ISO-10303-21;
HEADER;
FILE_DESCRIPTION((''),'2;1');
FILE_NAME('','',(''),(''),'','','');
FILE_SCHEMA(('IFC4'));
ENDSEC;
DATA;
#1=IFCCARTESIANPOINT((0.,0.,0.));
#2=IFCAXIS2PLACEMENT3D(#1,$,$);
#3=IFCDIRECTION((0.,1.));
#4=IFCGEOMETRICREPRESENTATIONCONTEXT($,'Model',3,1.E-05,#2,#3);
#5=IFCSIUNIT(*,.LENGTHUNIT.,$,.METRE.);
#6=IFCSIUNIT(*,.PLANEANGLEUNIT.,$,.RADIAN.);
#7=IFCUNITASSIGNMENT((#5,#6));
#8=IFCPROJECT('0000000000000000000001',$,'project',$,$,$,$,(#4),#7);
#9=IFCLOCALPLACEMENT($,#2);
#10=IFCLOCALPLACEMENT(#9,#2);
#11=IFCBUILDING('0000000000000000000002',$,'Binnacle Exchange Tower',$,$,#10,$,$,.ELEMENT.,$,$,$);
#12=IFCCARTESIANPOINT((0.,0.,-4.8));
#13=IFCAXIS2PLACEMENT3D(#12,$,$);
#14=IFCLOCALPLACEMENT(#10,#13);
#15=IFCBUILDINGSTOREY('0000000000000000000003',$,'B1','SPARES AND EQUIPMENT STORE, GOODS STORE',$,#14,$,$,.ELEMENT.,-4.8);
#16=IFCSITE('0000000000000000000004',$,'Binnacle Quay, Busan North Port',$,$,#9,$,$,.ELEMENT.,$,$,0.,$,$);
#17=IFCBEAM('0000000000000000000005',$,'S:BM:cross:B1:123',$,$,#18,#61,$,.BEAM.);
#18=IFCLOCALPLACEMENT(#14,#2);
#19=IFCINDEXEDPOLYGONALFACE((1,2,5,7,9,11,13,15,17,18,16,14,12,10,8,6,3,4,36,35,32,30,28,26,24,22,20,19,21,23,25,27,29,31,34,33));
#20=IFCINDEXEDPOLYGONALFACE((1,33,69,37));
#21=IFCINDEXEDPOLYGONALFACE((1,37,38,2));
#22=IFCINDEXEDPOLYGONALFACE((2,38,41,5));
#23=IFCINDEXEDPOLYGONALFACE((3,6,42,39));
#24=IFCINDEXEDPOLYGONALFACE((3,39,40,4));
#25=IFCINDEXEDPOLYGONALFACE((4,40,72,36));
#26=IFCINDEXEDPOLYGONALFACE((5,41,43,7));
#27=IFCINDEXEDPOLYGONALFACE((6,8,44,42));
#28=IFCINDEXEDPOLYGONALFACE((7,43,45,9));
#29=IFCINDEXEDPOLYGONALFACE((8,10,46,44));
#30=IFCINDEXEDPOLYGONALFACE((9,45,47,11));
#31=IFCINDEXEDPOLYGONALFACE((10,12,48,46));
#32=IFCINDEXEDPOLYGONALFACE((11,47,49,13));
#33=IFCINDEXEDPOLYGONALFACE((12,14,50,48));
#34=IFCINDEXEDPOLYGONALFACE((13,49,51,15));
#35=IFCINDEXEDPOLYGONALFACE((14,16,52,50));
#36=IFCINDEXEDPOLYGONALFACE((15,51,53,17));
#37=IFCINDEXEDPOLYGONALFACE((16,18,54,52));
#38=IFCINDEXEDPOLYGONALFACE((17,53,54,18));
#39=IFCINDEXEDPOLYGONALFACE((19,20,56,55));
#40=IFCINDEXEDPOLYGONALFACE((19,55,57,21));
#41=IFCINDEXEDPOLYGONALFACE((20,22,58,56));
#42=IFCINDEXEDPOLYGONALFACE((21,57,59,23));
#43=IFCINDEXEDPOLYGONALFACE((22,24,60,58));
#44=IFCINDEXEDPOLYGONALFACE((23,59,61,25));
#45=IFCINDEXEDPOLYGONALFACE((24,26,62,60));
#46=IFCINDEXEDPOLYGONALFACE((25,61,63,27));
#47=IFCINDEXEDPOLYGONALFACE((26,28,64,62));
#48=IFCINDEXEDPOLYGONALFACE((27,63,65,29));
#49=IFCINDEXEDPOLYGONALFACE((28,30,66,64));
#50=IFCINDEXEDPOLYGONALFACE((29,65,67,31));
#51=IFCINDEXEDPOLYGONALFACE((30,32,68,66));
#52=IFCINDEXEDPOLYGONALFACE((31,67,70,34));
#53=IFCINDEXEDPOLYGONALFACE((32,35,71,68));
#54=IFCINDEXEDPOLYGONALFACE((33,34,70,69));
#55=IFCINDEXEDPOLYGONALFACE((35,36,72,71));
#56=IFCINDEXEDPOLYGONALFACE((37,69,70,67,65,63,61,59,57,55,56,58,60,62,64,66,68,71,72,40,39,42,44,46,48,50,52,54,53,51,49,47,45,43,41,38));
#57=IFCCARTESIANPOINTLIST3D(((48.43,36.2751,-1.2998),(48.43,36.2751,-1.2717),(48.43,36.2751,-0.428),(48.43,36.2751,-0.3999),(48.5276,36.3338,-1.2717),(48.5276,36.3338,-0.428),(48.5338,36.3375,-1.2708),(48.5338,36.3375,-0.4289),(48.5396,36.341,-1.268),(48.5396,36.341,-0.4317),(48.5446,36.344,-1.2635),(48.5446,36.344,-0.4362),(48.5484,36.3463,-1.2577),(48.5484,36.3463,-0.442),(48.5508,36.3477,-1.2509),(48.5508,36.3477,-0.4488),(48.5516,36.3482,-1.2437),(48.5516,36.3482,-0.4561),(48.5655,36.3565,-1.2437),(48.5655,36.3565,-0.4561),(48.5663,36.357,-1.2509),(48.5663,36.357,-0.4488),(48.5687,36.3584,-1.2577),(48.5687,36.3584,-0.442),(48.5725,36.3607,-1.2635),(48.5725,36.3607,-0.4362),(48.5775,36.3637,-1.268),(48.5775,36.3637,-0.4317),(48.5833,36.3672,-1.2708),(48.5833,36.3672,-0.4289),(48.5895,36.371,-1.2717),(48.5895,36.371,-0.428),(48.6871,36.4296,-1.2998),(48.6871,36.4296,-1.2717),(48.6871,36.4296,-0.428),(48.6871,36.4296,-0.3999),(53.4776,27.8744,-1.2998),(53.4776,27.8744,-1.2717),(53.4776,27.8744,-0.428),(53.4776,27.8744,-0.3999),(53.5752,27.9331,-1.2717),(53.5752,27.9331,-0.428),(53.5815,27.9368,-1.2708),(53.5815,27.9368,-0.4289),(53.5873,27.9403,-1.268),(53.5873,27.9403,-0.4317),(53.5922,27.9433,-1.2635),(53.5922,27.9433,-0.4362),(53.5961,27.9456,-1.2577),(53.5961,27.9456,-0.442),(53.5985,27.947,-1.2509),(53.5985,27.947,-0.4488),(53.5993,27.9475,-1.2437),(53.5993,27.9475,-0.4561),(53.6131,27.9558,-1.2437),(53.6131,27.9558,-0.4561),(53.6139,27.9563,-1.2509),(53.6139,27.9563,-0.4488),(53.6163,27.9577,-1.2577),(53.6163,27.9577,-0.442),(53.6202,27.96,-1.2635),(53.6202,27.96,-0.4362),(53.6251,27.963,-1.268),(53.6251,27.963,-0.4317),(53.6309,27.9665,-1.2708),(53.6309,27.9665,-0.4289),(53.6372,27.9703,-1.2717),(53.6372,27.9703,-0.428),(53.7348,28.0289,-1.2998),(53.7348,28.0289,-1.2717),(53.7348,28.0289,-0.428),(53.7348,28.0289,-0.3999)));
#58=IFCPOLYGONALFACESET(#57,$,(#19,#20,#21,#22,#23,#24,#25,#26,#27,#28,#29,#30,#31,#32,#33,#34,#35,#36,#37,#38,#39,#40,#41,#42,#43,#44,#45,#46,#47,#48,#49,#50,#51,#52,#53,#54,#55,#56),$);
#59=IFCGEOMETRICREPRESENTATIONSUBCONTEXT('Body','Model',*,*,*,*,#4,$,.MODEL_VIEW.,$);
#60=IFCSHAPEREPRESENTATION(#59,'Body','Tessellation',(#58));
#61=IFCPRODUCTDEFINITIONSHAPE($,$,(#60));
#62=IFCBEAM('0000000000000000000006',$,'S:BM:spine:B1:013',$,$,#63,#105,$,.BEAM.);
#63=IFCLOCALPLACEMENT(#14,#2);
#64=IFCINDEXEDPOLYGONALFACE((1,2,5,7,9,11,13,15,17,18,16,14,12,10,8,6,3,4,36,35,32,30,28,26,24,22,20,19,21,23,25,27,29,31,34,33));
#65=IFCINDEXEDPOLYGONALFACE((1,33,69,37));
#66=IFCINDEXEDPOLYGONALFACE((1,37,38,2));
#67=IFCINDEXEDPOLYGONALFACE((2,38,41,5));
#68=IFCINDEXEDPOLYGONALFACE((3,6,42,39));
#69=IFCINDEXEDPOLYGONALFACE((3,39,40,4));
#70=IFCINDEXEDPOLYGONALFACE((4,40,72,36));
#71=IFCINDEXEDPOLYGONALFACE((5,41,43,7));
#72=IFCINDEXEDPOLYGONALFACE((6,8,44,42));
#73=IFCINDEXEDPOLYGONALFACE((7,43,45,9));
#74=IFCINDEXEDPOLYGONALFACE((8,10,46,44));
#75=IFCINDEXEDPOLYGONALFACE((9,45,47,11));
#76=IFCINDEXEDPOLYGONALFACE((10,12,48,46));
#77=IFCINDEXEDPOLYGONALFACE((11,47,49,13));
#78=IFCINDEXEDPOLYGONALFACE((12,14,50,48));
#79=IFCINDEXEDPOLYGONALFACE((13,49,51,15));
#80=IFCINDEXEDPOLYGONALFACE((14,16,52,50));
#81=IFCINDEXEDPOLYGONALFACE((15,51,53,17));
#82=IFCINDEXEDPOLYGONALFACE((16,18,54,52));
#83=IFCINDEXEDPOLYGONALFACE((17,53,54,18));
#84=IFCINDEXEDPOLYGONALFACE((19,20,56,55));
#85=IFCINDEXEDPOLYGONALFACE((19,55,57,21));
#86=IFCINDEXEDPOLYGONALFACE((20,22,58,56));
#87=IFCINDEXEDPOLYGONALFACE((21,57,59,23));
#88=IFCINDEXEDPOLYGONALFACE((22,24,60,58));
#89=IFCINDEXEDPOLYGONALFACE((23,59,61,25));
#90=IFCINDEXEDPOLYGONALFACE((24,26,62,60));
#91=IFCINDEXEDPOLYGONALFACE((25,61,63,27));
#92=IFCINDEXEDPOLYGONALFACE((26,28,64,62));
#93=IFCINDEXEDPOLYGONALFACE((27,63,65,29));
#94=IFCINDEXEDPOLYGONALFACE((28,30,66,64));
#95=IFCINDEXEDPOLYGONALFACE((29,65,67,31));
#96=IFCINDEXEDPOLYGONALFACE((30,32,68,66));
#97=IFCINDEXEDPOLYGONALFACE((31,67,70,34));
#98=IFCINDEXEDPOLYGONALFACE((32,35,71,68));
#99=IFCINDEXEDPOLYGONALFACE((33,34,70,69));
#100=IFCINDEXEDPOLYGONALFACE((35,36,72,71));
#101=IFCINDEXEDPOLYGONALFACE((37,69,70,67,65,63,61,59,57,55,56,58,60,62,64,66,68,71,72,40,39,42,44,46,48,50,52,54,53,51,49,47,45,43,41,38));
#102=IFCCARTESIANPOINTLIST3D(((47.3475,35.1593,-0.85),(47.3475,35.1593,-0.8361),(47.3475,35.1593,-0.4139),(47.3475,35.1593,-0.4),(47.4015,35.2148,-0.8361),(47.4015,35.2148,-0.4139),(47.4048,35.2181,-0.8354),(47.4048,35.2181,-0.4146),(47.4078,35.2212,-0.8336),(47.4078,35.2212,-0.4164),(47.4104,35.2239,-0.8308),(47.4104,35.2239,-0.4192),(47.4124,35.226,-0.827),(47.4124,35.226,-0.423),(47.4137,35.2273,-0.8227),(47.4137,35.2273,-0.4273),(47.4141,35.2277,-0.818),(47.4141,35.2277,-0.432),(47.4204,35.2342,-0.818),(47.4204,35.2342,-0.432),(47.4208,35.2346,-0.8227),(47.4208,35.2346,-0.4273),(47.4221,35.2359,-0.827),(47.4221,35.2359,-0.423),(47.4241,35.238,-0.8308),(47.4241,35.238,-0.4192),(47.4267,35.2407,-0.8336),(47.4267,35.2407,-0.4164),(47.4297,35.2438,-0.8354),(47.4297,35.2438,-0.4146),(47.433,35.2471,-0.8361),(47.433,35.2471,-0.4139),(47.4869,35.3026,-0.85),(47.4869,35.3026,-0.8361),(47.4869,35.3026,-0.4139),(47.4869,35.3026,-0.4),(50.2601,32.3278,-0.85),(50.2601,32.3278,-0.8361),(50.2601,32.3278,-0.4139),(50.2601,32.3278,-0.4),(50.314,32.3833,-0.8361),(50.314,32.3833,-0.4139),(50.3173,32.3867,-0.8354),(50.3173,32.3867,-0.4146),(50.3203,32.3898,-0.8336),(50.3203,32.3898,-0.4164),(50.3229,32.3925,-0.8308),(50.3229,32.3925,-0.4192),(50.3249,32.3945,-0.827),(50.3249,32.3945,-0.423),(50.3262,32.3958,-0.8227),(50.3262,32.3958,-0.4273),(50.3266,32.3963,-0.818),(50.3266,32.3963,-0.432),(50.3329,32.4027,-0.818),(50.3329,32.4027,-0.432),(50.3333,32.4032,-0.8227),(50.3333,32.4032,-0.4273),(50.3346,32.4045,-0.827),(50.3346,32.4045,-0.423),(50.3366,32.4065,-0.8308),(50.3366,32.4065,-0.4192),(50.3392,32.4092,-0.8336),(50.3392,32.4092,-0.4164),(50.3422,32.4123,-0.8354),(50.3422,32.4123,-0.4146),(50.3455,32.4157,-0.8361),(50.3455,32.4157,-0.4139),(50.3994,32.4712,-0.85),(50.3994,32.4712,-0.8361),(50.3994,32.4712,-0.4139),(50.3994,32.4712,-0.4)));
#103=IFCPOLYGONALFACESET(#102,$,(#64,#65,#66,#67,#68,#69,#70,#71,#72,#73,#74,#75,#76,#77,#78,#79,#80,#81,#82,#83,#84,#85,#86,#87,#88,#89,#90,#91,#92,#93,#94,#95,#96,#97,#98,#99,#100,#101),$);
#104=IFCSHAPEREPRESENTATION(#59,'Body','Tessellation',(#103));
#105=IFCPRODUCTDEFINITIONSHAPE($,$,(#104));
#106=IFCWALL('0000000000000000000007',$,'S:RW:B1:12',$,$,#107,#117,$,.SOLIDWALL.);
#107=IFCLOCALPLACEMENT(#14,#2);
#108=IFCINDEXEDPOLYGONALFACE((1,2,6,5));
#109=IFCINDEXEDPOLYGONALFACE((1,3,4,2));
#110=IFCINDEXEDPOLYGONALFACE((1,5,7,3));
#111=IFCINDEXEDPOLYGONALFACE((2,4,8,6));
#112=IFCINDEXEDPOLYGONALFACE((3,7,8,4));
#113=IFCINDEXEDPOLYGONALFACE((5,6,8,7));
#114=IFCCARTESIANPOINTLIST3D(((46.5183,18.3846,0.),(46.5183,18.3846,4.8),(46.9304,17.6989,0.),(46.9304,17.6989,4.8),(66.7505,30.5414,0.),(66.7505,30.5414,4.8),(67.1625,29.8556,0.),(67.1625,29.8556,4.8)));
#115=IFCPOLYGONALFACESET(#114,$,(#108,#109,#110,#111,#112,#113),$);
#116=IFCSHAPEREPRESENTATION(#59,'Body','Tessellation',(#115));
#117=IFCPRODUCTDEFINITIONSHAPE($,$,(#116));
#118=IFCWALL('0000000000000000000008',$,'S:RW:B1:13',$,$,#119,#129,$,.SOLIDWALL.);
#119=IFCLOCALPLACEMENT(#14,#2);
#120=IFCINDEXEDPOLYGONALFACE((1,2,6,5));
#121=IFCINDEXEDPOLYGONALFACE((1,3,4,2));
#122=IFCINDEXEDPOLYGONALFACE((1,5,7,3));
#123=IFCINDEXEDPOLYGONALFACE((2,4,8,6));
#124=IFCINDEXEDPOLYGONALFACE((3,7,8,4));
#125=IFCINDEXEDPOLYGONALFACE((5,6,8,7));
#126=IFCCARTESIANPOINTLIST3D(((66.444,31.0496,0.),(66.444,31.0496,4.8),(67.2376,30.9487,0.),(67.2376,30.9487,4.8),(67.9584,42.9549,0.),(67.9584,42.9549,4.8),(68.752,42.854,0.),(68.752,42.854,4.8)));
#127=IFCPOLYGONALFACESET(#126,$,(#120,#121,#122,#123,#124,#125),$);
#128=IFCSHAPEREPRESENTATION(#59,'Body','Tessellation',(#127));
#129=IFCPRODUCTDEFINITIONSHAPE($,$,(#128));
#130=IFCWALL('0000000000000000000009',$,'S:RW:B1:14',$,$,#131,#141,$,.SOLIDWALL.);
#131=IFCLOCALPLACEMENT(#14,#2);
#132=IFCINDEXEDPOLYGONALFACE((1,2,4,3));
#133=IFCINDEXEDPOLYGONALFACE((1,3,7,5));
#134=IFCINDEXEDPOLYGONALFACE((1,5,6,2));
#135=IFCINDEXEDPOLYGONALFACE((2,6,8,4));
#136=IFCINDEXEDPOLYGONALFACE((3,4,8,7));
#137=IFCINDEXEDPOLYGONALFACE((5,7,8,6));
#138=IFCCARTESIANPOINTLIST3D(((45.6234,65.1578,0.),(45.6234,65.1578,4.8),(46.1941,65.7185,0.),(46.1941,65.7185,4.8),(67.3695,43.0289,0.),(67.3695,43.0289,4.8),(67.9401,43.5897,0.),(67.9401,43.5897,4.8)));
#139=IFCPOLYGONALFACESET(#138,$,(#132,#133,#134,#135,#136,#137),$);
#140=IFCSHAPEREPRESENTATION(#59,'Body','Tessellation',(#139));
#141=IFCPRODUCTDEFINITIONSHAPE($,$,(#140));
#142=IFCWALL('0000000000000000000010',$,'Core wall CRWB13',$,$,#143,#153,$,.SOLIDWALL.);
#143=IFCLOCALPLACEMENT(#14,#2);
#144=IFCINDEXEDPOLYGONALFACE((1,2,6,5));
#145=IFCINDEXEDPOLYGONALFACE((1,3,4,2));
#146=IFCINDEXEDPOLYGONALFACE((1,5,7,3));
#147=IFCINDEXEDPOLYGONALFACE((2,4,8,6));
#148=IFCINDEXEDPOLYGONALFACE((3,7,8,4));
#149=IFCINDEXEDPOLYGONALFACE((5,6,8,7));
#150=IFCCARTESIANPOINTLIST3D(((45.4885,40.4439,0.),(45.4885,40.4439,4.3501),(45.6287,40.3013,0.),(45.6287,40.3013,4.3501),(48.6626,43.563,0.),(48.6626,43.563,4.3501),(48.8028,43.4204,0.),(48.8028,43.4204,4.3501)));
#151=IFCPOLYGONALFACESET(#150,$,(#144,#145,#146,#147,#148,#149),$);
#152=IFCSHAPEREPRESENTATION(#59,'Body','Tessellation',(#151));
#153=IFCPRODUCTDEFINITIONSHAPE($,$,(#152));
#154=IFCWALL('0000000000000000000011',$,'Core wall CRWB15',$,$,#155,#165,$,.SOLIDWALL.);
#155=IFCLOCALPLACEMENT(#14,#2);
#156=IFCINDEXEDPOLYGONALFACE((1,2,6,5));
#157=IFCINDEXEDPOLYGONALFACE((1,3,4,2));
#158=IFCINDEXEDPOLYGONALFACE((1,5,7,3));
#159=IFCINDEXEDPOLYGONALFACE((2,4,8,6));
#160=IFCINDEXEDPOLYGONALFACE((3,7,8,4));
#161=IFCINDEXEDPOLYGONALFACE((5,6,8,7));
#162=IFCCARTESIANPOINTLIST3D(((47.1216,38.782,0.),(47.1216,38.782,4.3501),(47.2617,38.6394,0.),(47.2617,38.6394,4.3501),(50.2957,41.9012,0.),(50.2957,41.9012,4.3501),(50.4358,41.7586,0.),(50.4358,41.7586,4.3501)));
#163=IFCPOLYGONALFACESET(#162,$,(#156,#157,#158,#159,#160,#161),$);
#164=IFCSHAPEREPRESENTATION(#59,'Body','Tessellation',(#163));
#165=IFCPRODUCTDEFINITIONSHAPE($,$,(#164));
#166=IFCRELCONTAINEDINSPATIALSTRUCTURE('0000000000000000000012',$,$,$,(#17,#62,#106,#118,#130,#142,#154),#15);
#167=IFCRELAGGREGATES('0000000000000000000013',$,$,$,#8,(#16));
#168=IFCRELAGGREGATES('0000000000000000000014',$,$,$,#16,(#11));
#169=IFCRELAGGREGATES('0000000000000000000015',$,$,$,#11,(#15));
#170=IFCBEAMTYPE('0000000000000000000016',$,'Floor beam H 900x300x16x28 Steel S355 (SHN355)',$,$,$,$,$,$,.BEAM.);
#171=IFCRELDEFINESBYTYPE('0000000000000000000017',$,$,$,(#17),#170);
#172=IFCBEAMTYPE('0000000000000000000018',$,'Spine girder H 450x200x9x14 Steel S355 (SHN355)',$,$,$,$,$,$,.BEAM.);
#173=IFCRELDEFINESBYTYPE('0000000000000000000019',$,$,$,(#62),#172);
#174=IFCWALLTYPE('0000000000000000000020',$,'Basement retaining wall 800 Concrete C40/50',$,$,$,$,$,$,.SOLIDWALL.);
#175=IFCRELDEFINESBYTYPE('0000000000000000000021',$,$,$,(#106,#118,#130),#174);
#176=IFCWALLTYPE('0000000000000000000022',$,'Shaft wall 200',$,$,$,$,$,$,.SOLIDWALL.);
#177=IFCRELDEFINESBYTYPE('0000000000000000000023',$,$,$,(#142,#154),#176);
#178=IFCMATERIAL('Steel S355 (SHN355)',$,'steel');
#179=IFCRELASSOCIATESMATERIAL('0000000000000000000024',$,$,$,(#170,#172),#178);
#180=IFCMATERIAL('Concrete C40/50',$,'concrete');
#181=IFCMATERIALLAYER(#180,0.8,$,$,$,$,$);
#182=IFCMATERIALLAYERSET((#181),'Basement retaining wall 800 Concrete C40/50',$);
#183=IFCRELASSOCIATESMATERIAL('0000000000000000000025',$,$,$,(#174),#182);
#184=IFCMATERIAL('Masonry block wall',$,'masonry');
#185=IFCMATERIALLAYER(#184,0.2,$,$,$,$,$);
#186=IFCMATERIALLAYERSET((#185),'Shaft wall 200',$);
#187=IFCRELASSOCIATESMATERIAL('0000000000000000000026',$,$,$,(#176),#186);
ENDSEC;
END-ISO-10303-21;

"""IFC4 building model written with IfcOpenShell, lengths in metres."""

from ifc_helpers import new_model, si_unit, direction, frame, frame_2d, origin, origin_2d, place, context, subcontext, project, spatial, rectangle, i_section, extrude, material, layer, layer_set, material_profile, profile_set, type_object, element, save


model = new_model("IFC4")

# Units and contexts
model_context = context("Model", 3, precision=1e-05, world=origin(), true_north=direction((0.0, 1.0)))
body_context = subcontext(model_context, "Body", "Model", "MODEL_VIEW")
ifc_project = project(units=[si_unit("LENGTHUNIT", "METRE"), si_unit("PLANEANGLEUNIT", "RADIAN")], contexts=[model_context])

# Site, building, storey
site_placement = place(None, origin())
site = spatial("IfcSite", under=ifc_project, at=site_placement, Name="Binnacle Quay, Busan North Port", CompositionType="ELEMENT", RefElevation=0.0)
building_placement = place(site_placement, origin())
building = spatial("IfcBuilding", under=site, at=building_placement, Name="Binnacle Exchange Tower", CompositionType="ELEMENT")
storey_placement = place(building_placement, frame((0.0, 0.0, -4.8)))
storey = spatial("IfcBuildingStorey", under=building, at=storey_placement, Name="B1", Description="SPARES AND EQUIPMENT STORE, GOODS STORE", CompositionType="ELEMENT", Elevation=-4.8)

# Beams
ifc_material_1 = material(Name="Steel S355 (SHN355)", Category="steel")
ifc_material_profile_1 = material_profile(ifc_material_1, i_section(OverallWidth=0.3, OverallDepth=0.8999, WebThickness=0.0161, FlangeThickness=0.0281, FilletRadius=0.0281, at=origin_2d()), Name="H 900x300x16x28")
ifc_profile_set_1 = profile_set([ifc_material_profile_1], Name="Steel S355 (SHN355)")
beam_type_1 = type_object("IfcBeamType", Name="Floor beam H 900x300x16x28 Steel S355 (SHN355)", PredefinedType="BEAM", material=ifc_profile_set_1)
beam_1_placement = place(storey_placement, frame((53.6062, 27.9517, -0.8499), z_axis=(-0.515038, 0.857167, 0.0), x_axis=(-0.857167, -0.515038, 0.0)))
element("IfcBeam", 1, at=beam_1_placement, inside=storey, type_object=beam_type_1, Name="S:BM:cross:B1:123", PredefinedType="BEAM", context=body_context, shape_type="SweptSolid", body=[
    extrude(i_section(OverallWidth=0.3, OverallDepth=0.8999, WebThickness=0.0161, FlangeThickness=0.0281, FilletRadius=0.0281, at=origin_2d()), origin(), (0.0, 0.0, 1.0), 9.8005),
])
ifc_material_profile_2 = material_profile(ifc_material_1, i_section(OverallWidth=0.2, OverallDepth=0.45, WebThickness=0.009, FlangeThickness=0.0139, FilletRadius=0.0181, at=origin_2d()), Name="H 450x200x9x14")
ifc_profile_set_2 = profile_set([ifc_material_profile_2], Name="Steel S355 (SHN355)")
beam_type_2 = type_object("IfcBeamType", Name="Spine girder H 450x200x9x14 Steel S355 (SHN355)", PredefinedType="BEAM", material=ifc_profile_set_2)
beam_2_placement = place(storey_placement, frame((47.4172, 35.231, -0.625), z_axis=(0.717013, -0.69706, 0.0), x_axis=(0.69706, 0.717013, 0.0)))
element("IfcBeam", 2, at=beam_2_placement, inside=storey, type_object=beam_type_2, Name="S:BM:spine:B1:013", PredefinedType="BEAM", context=body_context, shape_type="SweptSolid", body=[
    extrude(i_section(OverallWidth=0.2, OverallDepth=0.45, WebThickness=0.009, FlangeThickness=0.0139, FilletRadius=0.0181, at=origin_2d()), origin(), (0.0, 0.0, 1.0), 4.062),
])

# Walls
ifc_material_2 = material(Name="Concrete C40/50", Category="concrete")
ifc_layer_1 = layer(ifc_material_2, 0.8)
ifc_layer_set_1 = layer_set([ifc_layer_1], Name="Basement retaining wall 800 Concrete C40/50")
wall_type_1 = type_object("IfcWallType", Name="Basement retaining wall 800 Concrete C40/50", PredefinedType="SOLIDWALL", material=ifc_layer_set_1)
wall_1_placement = place(storey_placement, frame((46.7244, 18.0417, 0.0), z_axis=(0.0, 0.0, 1.0), x_axis=(0.857167, 0.515039, 0.0)))
element("IfcWall", 3, at=wall_1_placement, inside=storey, type_object=wall_type_1, Name="S:RW:B1:12", PredefinedType="SOLIDWALL", context=body_context, shape_type="SweptSolid", body=[
    extrude(rectangle(XDim=23.6035, YDim=0.8, at=frame_2d((11.8018, 0.0))), origin(), (0.0, 0.0, 1.0), 4.8),
])
wall_2_placement = place(storey_placement, frame((66.8408, 30.9993, 0.0), z_axis=(0.0, 0.0, 1.0), x_axis=(0.126188, 0.992006, 0.0)))
element("IfcWall", 4, at=wall_2_placement, inside=storey, type_object=wall_type_1, Name="S:RW:B1:13", PredefinedType="SOLIDWALL", context=body_context, shape_type="SweptSolid", body=[
    extrude(rectangle(XDim=12.0012, YDim=0.8, at=frame_2d((6.0005, 0.0))), origin(), (0.0, 0.0, 1.0), 4.8),
])
wall_3_placement = place(storey_placement, frame((67.6548, 43.3093, 0.0), z_axis=(0.0, 0.0, 1.0), x_axis=(-0.700911, 0.713249, 0.0)))
element("IfcWall", 5, at=wall_3_placement, inside=storey, type_object=wall_type_1, Name="S:RW:B1:14", PredefinedType="SOLIDWALL", context=body_context, shape_type="SweptSolid", body=[
    extrude(rectangle(XDim=31.0254, YDim=0.8, at=frame_2d((15.5127, 0.0))), origin(), (0.0, 0.0, 1.0), 4.8),
])
ifc_material_3 = material(Name="Masonry block wall", Category="masonry")
ifc_layer_2 = layer(ifc_material_3, 0.2)
ifc_layer_set_2 = layer_set([ifc_layer_2], Name="Shaft wall 200")
wall_type_2 = type_object("IfcWallType", Name="Shaft wall 200", PredefinedType="SOLIDWALL", material=ifc_layer_set_2)
for number, where, z_axis, x_axis, name in (
    (6, (45.5586, 40.3726, 0.0), (0.0, 0.0, 1.0), (0.713252, 0.700908, 0.0), "Core wall CRWB13"),
    (7, (47.1917, 38.7107, 0.0), (0.0, 0.0, 1.0), (0.713252, 0.700908, 0.0), "Core wall CRWB15"),
):
    element("IfcWall", number, at=place(storey_placement, frame(where, z_axis=z_axis, x_axis=x_axis)), inside=storey, type_object=wall_type_2, Name=name, PredefinedType="SOLIDWALL", context=body_context, shape_type="SweptSolid", body=[
        extrude(rectangle(XDim=4.4502, YDim=0.2, at=frame_2d((2.2251, 0.0))), origin(), (0.0, 0.0, 1.0), 4.3501),
    ])

save(model, "model.ifc")
